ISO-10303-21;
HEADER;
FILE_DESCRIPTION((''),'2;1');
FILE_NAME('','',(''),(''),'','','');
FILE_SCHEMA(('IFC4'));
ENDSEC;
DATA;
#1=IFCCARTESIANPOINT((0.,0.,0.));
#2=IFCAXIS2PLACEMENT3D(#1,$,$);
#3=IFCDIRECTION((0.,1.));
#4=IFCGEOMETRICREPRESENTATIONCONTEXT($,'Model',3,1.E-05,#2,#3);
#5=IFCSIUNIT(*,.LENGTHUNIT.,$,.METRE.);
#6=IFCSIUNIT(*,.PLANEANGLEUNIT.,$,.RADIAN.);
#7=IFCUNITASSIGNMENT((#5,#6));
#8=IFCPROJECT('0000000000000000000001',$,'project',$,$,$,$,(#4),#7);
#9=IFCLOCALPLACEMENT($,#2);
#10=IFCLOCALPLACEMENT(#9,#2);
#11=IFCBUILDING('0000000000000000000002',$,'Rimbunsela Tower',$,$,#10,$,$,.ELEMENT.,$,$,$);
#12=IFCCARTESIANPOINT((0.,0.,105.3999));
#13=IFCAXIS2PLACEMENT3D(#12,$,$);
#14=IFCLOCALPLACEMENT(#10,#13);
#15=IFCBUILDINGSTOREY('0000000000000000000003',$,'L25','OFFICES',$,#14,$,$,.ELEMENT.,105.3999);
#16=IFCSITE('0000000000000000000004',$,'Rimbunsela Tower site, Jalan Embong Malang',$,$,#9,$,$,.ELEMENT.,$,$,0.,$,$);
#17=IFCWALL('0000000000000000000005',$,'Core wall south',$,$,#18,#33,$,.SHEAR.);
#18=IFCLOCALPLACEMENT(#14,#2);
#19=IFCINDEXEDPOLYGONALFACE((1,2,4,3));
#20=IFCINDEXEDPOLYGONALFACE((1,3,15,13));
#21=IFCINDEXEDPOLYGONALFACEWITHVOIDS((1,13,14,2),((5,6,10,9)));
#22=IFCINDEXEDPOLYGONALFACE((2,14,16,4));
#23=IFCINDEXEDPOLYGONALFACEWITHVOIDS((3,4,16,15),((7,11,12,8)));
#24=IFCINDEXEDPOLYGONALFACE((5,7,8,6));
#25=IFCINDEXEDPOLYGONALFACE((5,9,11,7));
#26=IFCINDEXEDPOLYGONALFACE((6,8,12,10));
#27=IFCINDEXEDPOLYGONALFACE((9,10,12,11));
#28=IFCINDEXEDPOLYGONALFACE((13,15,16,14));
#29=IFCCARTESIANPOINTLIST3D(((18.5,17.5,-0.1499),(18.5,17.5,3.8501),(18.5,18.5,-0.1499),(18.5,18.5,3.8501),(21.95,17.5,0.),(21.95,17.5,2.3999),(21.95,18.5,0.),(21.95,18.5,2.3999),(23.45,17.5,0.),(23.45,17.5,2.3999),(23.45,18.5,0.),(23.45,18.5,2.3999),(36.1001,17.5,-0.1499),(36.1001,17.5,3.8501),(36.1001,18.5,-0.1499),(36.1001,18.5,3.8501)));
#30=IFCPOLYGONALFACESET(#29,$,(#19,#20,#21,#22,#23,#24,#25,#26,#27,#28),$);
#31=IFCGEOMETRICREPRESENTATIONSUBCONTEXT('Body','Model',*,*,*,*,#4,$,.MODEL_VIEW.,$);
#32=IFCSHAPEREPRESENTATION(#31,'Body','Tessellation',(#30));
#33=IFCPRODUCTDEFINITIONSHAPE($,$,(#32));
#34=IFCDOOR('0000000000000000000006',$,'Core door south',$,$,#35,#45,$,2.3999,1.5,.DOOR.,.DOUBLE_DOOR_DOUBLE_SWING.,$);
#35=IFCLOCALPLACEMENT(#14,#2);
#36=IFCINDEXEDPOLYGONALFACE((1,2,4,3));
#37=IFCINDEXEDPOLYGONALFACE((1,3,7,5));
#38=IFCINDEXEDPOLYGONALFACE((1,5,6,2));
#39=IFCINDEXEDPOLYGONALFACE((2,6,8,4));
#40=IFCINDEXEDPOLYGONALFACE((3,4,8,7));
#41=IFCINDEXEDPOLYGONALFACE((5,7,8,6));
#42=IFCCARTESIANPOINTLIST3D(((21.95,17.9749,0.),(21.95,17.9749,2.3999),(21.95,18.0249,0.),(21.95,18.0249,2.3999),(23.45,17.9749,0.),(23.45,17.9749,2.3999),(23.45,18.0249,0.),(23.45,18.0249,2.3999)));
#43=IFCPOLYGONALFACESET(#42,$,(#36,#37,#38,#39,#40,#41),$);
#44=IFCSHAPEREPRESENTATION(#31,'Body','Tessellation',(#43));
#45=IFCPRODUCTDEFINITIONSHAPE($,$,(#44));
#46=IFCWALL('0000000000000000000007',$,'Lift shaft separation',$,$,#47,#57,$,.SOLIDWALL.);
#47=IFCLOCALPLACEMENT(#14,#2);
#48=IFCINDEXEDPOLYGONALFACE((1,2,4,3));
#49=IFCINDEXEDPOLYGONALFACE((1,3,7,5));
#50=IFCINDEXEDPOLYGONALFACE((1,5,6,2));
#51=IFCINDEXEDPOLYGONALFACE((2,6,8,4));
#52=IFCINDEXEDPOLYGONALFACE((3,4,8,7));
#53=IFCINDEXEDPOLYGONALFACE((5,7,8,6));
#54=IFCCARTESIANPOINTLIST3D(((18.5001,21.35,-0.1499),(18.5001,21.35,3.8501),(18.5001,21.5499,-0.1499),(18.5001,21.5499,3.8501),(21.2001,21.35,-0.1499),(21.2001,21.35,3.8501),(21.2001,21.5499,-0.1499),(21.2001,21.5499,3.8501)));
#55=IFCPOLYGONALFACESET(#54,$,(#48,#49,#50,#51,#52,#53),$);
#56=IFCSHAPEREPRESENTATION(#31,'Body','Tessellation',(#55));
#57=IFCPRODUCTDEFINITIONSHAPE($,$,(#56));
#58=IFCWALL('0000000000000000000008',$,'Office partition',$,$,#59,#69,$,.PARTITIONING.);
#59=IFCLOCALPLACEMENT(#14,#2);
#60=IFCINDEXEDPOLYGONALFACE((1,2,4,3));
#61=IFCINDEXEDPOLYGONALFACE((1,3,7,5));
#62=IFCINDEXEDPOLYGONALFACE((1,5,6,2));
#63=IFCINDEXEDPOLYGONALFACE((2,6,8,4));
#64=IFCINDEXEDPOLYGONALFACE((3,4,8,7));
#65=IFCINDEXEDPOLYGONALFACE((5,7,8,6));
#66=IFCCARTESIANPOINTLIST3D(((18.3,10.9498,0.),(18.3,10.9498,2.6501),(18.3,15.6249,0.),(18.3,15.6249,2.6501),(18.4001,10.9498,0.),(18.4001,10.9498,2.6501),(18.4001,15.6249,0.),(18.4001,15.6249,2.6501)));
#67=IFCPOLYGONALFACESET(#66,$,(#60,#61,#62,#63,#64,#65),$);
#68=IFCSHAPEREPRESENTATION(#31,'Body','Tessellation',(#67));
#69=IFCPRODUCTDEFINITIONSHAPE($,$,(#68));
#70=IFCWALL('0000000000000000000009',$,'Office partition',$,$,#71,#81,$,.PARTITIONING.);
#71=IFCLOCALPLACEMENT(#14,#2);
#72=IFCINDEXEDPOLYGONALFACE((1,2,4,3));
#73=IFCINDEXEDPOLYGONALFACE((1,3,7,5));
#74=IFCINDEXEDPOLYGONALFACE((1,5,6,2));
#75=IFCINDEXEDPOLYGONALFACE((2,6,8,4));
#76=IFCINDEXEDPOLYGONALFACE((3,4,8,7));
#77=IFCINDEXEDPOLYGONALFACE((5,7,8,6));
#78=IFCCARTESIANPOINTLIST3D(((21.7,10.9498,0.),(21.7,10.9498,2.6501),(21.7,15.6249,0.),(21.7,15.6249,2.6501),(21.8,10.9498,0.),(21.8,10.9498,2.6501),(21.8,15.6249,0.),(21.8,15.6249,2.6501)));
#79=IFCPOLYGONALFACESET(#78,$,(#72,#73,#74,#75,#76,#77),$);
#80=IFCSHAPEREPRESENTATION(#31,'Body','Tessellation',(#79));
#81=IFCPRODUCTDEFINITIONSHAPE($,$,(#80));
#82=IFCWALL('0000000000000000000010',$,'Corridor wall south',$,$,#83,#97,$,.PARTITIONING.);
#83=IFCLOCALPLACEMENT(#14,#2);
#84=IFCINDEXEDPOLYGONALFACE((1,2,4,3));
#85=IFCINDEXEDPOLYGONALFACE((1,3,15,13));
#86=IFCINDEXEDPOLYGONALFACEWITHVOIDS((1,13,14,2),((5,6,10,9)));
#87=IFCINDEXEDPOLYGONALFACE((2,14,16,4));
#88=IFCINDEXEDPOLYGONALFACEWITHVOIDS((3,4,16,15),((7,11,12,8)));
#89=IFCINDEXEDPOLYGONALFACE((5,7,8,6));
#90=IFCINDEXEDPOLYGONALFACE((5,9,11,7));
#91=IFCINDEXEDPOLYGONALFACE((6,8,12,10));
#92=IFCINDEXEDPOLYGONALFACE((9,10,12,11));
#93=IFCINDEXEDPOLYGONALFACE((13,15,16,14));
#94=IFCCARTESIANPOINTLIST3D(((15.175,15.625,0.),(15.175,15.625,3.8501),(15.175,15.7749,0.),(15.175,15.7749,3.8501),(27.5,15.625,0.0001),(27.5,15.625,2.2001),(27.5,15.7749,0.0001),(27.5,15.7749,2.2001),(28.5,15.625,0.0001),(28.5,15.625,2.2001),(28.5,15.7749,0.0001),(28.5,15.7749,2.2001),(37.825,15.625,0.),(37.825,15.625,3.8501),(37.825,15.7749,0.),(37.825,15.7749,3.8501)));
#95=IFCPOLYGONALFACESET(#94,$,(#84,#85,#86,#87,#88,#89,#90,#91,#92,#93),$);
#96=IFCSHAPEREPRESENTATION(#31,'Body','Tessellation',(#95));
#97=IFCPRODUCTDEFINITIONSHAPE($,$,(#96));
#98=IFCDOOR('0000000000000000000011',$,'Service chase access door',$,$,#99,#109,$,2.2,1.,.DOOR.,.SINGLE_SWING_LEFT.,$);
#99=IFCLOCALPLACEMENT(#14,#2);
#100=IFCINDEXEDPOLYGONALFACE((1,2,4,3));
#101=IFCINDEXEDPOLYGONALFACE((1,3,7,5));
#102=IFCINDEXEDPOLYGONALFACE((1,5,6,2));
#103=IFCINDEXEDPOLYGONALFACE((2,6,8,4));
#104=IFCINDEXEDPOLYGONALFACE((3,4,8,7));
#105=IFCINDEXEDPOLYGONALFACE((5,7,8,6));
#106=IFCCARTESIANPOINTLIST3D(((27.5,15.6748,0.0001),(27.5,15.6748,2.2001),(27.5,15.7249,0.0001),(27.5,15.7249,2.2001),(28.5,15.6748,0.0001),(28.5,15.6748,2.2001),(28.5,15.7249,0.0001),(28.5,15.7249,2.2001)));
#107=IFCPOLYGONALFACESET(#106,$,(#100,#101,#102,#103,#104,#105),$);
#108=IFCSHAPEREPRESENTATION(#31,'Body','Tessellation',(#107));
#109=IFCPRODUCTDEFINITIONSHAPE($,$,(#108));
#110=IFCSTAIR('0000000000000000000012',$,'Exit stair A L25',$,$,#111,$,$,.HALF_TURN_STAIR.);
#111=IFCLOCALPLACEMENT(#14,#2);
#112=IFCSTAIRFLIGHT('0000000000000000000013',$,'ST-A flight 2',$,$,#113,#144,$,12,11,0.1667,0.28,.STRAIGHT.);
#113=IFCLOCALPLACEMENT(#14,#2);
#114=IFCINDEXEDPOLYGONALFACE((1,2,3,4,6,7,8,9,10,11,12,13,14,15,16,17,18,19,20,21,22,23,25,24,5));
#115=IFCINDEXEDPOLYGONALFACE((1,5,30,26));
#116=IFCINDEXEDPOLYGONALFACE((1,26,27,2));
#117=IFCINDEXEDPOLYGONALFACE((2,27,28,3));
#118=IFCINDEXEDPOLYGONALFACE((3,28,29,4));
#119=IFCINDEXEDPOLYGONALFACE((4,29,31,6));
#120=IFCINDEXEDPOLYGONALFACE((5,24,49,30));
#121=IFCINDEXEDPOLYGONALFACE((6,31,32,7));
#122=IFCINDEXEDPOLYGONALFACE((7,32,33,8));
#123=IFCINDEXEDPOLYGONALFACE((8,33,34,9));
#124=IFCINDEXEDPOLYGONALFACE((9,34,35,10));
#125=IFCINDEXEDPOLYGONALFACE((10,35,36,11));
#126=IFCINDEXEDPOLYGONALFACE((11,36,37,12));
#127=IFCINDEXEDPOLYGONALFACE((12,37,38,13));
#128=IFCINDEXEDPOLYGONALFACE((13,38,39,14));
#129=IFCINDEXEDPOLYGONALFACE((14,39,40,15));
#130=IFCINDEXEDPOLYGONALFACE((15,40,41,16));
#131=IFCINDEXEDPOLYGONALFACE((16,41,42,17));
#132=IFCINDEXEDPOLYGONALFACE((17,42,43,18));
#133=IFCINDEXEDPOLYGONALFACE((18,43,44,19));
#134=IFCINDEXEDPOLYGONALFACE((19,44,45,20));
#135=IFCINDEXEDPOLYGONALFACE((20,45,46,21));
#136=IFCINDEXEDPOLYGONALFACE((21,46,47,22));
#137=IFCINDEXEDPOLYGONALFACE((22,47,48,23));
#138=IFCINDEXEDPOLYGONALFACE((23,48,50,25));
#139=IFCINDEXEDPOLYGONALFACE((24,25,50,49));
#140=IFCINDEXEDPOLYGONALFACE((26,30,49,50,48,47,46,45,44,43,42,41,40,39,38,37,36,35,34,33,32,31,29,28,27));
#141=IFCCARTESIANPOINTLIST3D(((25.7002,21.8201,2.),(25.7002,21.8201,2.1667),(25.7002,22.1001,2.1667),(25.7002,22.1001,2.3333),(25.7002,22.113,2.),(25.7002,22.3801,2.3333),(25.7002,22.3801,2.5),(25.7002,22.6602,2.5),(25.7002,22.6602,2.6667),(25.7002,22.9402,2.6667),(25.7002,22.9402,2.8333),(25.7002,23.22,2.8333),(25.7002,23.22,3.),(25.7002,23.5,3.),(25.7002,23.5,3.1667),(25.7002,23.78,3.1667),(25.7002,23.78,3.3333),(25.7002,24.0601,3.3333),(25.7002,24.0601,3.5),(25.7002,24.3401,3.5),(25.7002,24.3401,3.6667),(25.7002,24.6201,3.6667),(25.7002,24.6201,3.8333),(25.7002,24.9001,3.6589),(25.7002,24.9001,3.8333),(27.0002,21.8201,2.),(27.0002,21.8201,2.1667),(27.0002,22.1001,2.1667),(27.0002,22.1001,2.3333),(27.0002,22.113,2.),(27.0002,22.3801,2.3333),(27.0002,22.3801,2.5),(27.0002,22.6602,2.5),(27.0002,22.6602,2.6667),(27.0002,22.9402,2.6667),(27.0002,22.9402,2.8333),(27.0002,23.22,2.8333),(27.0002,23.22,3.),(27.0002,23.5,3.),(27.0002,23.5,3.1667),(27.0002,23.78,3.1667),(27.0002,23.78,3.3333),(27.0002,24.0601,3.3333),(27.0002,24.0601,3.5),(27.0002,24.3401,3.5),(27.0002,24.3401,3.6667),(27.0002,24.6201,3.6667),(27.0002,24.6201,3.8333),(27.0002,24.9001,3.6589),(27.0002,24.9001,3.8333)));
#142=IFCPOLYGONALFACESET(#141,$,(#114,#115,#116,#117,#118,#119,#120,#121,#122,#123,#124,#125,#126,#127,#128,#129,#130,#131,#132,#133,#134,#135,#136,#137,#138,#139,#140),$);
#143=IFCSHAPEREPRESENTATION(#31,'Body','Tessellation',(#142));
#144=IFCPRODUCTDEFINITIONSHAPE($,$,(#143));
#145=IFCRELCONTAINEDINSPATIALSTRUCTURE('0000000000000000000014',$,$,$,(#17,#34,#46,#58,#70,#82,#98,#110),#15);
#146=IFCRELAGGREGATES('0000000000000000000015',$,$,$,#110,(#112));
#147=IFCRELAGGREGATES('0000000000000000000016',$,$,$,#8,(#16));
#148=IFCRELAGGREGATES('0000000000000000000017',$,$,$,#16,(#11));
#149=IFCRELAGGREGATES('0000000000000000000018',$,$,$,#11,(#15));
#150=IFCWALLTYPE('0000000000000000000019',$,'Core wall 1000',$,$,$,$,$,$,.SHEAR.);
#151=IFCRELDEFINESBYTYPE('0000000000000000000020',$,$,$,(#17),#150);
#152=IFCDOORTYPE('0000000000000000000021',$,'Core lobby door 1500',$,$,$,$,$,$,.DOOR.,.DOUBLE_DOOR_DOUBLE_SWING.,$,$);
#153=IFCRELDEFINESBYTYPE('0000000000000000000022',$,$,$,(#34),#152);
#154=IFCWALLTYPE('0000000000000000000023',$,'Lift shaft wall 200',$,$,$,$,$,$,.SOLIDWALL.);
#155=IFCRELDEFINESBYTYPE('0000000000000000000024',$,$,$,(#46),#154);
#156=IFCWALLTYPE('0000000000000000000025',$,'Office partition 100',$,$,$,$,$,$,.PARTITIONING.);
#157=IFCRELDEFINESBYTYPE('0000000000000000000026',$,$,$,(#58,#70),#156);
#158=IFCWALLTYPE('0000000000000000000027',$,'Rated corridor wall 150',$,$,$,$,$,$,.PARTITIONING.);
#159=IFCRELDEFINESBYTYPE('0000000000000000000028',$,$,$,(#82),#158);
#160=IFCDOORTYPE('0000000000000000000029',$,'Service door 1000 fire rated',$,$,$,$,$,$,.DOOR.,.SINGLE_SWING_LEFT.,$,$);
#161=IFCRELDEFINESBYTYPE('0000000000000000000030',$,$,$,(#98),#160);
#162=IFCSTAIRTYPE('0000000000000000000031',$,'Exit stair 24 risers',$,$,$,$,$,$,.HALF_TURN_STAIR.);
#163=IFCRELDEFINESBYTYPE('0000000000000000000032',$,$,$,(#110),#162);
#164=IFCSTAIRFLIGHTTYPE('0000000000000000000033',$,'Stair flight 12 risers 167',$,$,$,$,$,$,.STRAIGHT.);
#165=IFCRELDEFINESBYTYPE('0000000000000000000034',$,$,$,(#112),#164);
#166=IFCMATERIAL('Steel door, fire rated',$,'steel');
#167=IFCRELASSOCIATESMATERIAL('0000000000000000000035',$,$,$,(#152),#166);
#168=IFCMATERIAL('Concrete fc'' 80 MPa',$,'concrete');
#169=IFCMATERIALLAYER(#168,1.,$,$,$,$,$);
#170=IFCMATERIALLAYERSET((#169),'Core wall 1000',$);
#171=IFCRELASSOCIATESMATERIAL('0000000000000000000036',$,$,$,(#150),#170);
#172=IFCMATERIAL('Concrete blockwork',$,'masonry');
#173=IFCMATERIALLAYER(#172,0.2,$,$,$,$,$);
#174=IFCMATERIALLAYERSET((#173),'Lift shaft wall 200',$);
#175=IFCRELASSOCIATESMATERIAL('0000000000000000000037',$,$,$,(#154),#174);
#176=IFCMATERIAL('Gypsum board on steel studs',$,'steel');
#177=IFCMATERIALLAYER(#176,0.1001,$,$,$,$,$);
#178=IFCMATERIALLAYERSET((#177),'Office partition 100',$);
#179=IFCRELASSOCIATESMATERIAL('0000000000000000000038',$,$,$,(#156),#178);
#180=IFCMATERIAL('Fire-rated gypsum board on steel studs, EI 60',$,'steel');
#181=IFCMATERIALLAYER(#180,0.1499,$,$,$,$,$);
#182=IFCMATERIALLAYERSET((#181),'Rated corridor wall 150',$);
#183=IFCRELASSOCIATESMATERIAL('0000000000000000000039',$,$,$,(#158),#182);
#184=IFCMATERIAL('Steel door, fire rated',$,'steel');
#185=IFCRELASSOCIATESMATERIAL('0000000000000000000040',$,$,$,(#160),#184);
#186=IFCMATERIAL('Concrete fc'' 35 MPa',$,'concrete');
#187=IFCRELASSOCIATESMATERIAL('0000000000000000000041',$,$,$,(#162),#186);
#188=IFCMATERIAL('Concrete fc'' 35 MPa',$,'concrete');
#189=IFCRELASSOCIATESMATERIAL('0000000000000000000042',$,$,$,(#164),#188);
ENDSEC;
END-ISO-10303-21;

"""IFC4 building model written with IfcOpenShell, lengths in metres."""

from ifc_helpers import new_model, si_unit, direction, frame, frame_2d, origin, place, context, subcontext, project, spatial, polyline, rectangle, outline, extrude, material, layer, layer_set, type_object, element, fill, aggregate, save


model = new_model("IFC4")

# Units and contexts
model_context = context("Model", 3, precision=1e-05, world=origin(), true_north=direction((0.0, 1.0)))
body_context = subcontext(model_context, "Body", "Model", "MODEL_VIEW")
ifc_project = project(units=[si_unit("LENGTHUNIT", "METRE"), si_unit("PLANEANGLEUNIT", "RADIAN")], contexts=[model_context])

# Site, building, storey
site_placement = place(None, origin())
site = spatial("IfcSite", under=ifc_project, at=site_placement, Name="Rimbunsela Tower site, Jalan Embong Malang", CompositionType="ELEMENT", RefElevation=0.0)
building_placement = place(site_placement, origin())
building = spatial("IfcBuilding", under=site, at=building_placement, Name="Rimbunsela Tower", CompositionType="ELEMENT")
storey_placement = place(building_placement, frame((0.0, 0.0, 105.3999)))
storey = spatial("IfcBuildingStorey", under=building, at=storey_placement, Name="L25", Description="OFFICES", CompositionType="ELEMENT", Elevation=105.3999)

# Shared definitions
ifc_material_1 = material(Name="Steel door, fire rated", Category="steel")
door_type_1 = type_object("IfcDoorType", Name="Core lobby door 1500", OperationType="DOUBLE_DOOR_DOUBLE_SWING", PredefinedType="DOOR", material=ifc_material_1)

# Shared definitions
ifc_material_2 = material(Name="Concrete fc' 80 MPa", Category="concrete")
ifc_layer_1 = layer(ifc_material_2, 1.0)
ifc_layer_set_1 = layer_set([ifc_layer_1], Name="Core wall 1000")
wall_type_1 = type_object("IfcWallType", Name="Core wall 1000", PredefinedType="SHEAR", material=ifc_layer_set_1)

# Wall, opening, door
wall_1_placement = place(storey_placement, frame((18.5, 18.0, -0.1499), z_axis=(0.0, 0.0, 1.0), x_axis=(1.0, 0.0, 0.0)))
wall_1 = element("IfcWall", 1, at=wall_1_placement, inside=storey, type_object=wall_type_1, Name="Core wall south", PredefinedType="SHEAR", context=body_context, shape_type="SweptSolid", body=[
    extrude(rectangle(XDim=17.6001, YDim=1.0, at=frame_2d((8.8, 0.0))), origin(), (0.0, 0.0, 1.0), 4.0),
])
opening_1_placement = place(wall_1_placement, frame((3.45, 0.0, 0.1499)))
opening_1 = element("IfcOpeningElement", 2, at=opening_1_placement, cuts=wall_1, PredefinedType="OPENING", context=body_context, shape_type="SweptSolid", body=[
    extrude(rectangle(XDim=1.5, YDim=2.3999, at=frame_2d((0.75, 1.2))), frame((0.0, 0.51, 0.0), z_axis=(0.0, -1.0, 0.0), x_axis=(1.0, 0.0, 0.0)), (0.0, 0.0, 1.0), 1.02),
])
door_1_placement = place(opening_1_placement, origin())
door_1 = element("IfcDoor", 3, at=door_1_placement, inside=storey, type_object=door_type_1, Name="Core door south", OperationType="DOUBLE_DOOR_DOUBLE_SWING", OverallHeight=2.3999, OverallWidth=1.5, PredefinedType="DOOR", context=body_context, shape_type="SweptSolid", body=[
    extrude(rectangle(XDim=1.5, YDim=2.3999, at=frame_2d((0.75, 1.2))), frame((0.0, 0.0249, 0.0), z_axis=(0.0, -1.0, 0.0), x_axis=(1.0, 0.0, 0.0)), (0.0, 0.0, 1.0), 0.05),
])
fill(opening_1, door_1)

# Walls
ifc_material_3 = material(Name="Concrete blockwork", Category="masonry")
ifc_layer_2 = layer(ifc_material_3, 0.2)
ifc_layer_set_2 = layer_set([ifc_layer_2], Name="Lift shaft wall 200")
wall_type_2 = type_object("IfcWallType", Name="Lift shaft wall 200", PredefinedType="SOLIDWALL", material=ifc_layer_set_2)
wall_2_placement = place(storey_placement, frame((18.5, 21.45, -0.1499), z_axis=(0.0, 0.0, 1.0), x_axis=(1.0, 0.0, 0.0)))
element("IfcWall", 4, at=wall_2_placement, inside=storey, type_object=wall_type_2, Name="Lift shaft separation", PredefinedType="SOLIDWALL", context=body_context, shape_type="SweptSolid", body=[
    extrude(rectangle(XDim=2.7, YDim=0.2, at=frame_2d((1.3501, 0.0))), origin(), (0.0, 0.0, 1.0), 4.0),
])
ifc_material_4 = material(Name="Gypsum board on steel studs", Category="steel")
ifc_layer_3 = layer(ifc_material_4, 0.1001)
ifc_layer_set_3 = layer_set([ifc_layer_3], Name="Office partition 100")
wall_type_3 = type_object("IfcWallType", Name="Office partition 100", PredefinedType="PARTITIONING", material=ifc_layer_set_3)
for number, where, z_axis, x_axis, name in (
    (5, (18.3501, 10.95, 0.0), (0.0, 0.0, 1.0), (0.0, 1.0, 0.0), "Office partition"),
    (6, (21.75, 10.95, 0.0), (0.0, 0.0, 1.0), (0.0, 1.0, 0.0), "Office partition"),
):
    element("IfcWall", number, at=place(storey_placement, frame(where, z_axis=z_axis, x_axis=x_axis)), inside=storey, type_object=wall_type_3, Name=name, PredefinedType="PARTITIONING", context=body_context, shape_type="SweptSolid", body=[
        extrude(rectangle(XDim=4.675, YDim=0.1001, at=frame_2d((2.3374, 0.0))), origin(), (0.0, 0.0, 1.0), 2.6501),
    ])

# Wall, opening, door
ifc_material_5 = material(Name="Fire-rated gypsum board on steel studs, EI 60", Category="steel")
ifc_layer_4 = layer(ifc_material_5, 0.1499)
ifc_layer_set_4 = layer_set([ifc_layer_4], Name="Rated corridor wall 150")
wall_type_4 = type_object("IfcWallType", Name="Rated corridor wall 150", PredefinedType="PARTITIONING", material=ifc_layer_set_4)
wall_3_placement = place(storey_placement, frame((15.175, 15.7, 0.0), z_axis=(0.0, 0.0, 1.0), x_axis=(1.0, 0.0, 0.0)))
wall_3 = element("IfcWall", 7, at=wall_3_placement, inside=storey, type_object=wall_type_4, Name="Corridor wall south", PredefinedType="PARTITIONING", context=body_context, shape_type="SweptSolid", body=[
    extrude(rectangle(XDim=22.6499, YDim=0.1499, at=frame_2d((11.325, 0.0))), origin(), (0.0, 0.0, 1.0), 3.8501),
])
opening_2_placement = place(wall_3_placement, frame((12.325, 0.0, 0.0)))
opening_2 = element("IfcOpeningElement", 8, at=opening_2_placement, cuts=wall_3, PredefinedType="OPENING", context=body_context, shape_type="SweptSolid", body=[
    extrude(rectangle(XDim=1.0, YDim=2.2, at=frame_2d((0.5, 1.1001))), frame((0.0, 0.085, 0.0), z_axis=(0.0, -1.0, 0.0), x_axis=(1.0, 0.0, 0.0)), (0.0, 0.0, 1.0), 0.1699),
])
ifc_material_6 = material(Name="Steel door, fire rated", Category="steel")
door_type_2 = type_object("IfcDoorType", Name="Service door 1000 fire rated", OperationType="SINGLE_SWING_LEFT", PredefinedType="DOOR", material=ifc_material_6)
door_2_placement = place(opening_2_placement, origin())
door_2 = element("IfcDoor", 9, at=door_2_placement, inside=storey, type_object=door_type_2, Name="Service chase access door", OperationType="SINGLE_SWING_LEFT", OverallHeight=2.2, OverallWidth=1.0, PredefinedType="DOOR", context=body_context, shape_type="SweptSolid", body=[
    extrude(rectangle(XDim=1.0, YDim=2.2, at=frame_2d((0.5, 1.1001))), frame((0.0, 0.0249, 0.0), z_axis=(0.0, -1.0, 0.0), x_axis=(1.0, 0.0, 0.0)), (0.0, 0.0, 1.0), 0.05),
])
fill(opening_2, door_2)

# Stair, stair flight
ifc_material_7 = material(Name="Concrete fc' 35 MPa", Category="concrete")
stair_type = type_object("IfcStairType", Name="Exit stair 24 risers", PredefinedType="HALF_TURN_STAIR", material=ifc_material_7)
stair_placement = place(storey_placement, origin())
stair = element("IfcStair", 10, at=stair_placement, inside=storey, type_object=stair_type, Name="Exit stair A L25", PredefinedType="HALF_TURN_STAIR")
ifc_material_8 = material(Name="Concrete fc' 35 MPa", Category="concrete")
stair_flight_type = type_object("IfcStairFlightType", Name="Stair flight 12 risers 167", PredefinedType="STRAIGHT", material=ifc_material_8)
stair_flight_placement = place(storey_placement, frame((26.3501, 21.8201, 2.0), z_axis=(0.0, 0.0, 1.0), x_axis=(0.0, 1.0, 0.0)))
stair_flight = element("IfcStairFlight", 11, at=stair_flight_placement, type_object=stair_flight_type, Name="ST-A flight 2", NumberOfRisers=12, NumberOfTreads=11, PredefinedType="STRAIGHT", RiserHeight=0.1667, TreadLength=0.28, context=body_context, shape_type="SweptSolid", body=[
    extrude(outline(polyline([(0.0, 0.0), (0.0, 0.1667), (0.28, 0.1667), (0.28, 0.3333), (0.5601, 0.3333), (0.5601, 0.5), (0.8401, 0.5), (0.8401, 0.6667), (1.1201, 0.6667), (1.1201, 0.8333), (1.3999, 0.8333), (1.3999, 1.0), (1.6799, 1.0), (1.6799, 1.1667), (1.96, 1.1667), (1.96, 1.3333), (2.24, 1.3333), (2.24, 1.5), (2.52, 1.5), (2.52, 1.6667), (2.8, 1.6667), (2.8, 1.8333), (3.0801, 1.8333), (3.0801, 2.0), (3.0801, 1.6589), (0.293, 0.0), (0.0, 0.0)])), frame((0.0, 0.6499, 0.0), z_axis=(0.0, -1.0, 0.0), x_axis=(1.0, 0.0, 0.0)), (0.0, 0.0, 1.0), 1.3),
])
aggregate(stair, [stair_flight])

save(model, "model.ifc")
